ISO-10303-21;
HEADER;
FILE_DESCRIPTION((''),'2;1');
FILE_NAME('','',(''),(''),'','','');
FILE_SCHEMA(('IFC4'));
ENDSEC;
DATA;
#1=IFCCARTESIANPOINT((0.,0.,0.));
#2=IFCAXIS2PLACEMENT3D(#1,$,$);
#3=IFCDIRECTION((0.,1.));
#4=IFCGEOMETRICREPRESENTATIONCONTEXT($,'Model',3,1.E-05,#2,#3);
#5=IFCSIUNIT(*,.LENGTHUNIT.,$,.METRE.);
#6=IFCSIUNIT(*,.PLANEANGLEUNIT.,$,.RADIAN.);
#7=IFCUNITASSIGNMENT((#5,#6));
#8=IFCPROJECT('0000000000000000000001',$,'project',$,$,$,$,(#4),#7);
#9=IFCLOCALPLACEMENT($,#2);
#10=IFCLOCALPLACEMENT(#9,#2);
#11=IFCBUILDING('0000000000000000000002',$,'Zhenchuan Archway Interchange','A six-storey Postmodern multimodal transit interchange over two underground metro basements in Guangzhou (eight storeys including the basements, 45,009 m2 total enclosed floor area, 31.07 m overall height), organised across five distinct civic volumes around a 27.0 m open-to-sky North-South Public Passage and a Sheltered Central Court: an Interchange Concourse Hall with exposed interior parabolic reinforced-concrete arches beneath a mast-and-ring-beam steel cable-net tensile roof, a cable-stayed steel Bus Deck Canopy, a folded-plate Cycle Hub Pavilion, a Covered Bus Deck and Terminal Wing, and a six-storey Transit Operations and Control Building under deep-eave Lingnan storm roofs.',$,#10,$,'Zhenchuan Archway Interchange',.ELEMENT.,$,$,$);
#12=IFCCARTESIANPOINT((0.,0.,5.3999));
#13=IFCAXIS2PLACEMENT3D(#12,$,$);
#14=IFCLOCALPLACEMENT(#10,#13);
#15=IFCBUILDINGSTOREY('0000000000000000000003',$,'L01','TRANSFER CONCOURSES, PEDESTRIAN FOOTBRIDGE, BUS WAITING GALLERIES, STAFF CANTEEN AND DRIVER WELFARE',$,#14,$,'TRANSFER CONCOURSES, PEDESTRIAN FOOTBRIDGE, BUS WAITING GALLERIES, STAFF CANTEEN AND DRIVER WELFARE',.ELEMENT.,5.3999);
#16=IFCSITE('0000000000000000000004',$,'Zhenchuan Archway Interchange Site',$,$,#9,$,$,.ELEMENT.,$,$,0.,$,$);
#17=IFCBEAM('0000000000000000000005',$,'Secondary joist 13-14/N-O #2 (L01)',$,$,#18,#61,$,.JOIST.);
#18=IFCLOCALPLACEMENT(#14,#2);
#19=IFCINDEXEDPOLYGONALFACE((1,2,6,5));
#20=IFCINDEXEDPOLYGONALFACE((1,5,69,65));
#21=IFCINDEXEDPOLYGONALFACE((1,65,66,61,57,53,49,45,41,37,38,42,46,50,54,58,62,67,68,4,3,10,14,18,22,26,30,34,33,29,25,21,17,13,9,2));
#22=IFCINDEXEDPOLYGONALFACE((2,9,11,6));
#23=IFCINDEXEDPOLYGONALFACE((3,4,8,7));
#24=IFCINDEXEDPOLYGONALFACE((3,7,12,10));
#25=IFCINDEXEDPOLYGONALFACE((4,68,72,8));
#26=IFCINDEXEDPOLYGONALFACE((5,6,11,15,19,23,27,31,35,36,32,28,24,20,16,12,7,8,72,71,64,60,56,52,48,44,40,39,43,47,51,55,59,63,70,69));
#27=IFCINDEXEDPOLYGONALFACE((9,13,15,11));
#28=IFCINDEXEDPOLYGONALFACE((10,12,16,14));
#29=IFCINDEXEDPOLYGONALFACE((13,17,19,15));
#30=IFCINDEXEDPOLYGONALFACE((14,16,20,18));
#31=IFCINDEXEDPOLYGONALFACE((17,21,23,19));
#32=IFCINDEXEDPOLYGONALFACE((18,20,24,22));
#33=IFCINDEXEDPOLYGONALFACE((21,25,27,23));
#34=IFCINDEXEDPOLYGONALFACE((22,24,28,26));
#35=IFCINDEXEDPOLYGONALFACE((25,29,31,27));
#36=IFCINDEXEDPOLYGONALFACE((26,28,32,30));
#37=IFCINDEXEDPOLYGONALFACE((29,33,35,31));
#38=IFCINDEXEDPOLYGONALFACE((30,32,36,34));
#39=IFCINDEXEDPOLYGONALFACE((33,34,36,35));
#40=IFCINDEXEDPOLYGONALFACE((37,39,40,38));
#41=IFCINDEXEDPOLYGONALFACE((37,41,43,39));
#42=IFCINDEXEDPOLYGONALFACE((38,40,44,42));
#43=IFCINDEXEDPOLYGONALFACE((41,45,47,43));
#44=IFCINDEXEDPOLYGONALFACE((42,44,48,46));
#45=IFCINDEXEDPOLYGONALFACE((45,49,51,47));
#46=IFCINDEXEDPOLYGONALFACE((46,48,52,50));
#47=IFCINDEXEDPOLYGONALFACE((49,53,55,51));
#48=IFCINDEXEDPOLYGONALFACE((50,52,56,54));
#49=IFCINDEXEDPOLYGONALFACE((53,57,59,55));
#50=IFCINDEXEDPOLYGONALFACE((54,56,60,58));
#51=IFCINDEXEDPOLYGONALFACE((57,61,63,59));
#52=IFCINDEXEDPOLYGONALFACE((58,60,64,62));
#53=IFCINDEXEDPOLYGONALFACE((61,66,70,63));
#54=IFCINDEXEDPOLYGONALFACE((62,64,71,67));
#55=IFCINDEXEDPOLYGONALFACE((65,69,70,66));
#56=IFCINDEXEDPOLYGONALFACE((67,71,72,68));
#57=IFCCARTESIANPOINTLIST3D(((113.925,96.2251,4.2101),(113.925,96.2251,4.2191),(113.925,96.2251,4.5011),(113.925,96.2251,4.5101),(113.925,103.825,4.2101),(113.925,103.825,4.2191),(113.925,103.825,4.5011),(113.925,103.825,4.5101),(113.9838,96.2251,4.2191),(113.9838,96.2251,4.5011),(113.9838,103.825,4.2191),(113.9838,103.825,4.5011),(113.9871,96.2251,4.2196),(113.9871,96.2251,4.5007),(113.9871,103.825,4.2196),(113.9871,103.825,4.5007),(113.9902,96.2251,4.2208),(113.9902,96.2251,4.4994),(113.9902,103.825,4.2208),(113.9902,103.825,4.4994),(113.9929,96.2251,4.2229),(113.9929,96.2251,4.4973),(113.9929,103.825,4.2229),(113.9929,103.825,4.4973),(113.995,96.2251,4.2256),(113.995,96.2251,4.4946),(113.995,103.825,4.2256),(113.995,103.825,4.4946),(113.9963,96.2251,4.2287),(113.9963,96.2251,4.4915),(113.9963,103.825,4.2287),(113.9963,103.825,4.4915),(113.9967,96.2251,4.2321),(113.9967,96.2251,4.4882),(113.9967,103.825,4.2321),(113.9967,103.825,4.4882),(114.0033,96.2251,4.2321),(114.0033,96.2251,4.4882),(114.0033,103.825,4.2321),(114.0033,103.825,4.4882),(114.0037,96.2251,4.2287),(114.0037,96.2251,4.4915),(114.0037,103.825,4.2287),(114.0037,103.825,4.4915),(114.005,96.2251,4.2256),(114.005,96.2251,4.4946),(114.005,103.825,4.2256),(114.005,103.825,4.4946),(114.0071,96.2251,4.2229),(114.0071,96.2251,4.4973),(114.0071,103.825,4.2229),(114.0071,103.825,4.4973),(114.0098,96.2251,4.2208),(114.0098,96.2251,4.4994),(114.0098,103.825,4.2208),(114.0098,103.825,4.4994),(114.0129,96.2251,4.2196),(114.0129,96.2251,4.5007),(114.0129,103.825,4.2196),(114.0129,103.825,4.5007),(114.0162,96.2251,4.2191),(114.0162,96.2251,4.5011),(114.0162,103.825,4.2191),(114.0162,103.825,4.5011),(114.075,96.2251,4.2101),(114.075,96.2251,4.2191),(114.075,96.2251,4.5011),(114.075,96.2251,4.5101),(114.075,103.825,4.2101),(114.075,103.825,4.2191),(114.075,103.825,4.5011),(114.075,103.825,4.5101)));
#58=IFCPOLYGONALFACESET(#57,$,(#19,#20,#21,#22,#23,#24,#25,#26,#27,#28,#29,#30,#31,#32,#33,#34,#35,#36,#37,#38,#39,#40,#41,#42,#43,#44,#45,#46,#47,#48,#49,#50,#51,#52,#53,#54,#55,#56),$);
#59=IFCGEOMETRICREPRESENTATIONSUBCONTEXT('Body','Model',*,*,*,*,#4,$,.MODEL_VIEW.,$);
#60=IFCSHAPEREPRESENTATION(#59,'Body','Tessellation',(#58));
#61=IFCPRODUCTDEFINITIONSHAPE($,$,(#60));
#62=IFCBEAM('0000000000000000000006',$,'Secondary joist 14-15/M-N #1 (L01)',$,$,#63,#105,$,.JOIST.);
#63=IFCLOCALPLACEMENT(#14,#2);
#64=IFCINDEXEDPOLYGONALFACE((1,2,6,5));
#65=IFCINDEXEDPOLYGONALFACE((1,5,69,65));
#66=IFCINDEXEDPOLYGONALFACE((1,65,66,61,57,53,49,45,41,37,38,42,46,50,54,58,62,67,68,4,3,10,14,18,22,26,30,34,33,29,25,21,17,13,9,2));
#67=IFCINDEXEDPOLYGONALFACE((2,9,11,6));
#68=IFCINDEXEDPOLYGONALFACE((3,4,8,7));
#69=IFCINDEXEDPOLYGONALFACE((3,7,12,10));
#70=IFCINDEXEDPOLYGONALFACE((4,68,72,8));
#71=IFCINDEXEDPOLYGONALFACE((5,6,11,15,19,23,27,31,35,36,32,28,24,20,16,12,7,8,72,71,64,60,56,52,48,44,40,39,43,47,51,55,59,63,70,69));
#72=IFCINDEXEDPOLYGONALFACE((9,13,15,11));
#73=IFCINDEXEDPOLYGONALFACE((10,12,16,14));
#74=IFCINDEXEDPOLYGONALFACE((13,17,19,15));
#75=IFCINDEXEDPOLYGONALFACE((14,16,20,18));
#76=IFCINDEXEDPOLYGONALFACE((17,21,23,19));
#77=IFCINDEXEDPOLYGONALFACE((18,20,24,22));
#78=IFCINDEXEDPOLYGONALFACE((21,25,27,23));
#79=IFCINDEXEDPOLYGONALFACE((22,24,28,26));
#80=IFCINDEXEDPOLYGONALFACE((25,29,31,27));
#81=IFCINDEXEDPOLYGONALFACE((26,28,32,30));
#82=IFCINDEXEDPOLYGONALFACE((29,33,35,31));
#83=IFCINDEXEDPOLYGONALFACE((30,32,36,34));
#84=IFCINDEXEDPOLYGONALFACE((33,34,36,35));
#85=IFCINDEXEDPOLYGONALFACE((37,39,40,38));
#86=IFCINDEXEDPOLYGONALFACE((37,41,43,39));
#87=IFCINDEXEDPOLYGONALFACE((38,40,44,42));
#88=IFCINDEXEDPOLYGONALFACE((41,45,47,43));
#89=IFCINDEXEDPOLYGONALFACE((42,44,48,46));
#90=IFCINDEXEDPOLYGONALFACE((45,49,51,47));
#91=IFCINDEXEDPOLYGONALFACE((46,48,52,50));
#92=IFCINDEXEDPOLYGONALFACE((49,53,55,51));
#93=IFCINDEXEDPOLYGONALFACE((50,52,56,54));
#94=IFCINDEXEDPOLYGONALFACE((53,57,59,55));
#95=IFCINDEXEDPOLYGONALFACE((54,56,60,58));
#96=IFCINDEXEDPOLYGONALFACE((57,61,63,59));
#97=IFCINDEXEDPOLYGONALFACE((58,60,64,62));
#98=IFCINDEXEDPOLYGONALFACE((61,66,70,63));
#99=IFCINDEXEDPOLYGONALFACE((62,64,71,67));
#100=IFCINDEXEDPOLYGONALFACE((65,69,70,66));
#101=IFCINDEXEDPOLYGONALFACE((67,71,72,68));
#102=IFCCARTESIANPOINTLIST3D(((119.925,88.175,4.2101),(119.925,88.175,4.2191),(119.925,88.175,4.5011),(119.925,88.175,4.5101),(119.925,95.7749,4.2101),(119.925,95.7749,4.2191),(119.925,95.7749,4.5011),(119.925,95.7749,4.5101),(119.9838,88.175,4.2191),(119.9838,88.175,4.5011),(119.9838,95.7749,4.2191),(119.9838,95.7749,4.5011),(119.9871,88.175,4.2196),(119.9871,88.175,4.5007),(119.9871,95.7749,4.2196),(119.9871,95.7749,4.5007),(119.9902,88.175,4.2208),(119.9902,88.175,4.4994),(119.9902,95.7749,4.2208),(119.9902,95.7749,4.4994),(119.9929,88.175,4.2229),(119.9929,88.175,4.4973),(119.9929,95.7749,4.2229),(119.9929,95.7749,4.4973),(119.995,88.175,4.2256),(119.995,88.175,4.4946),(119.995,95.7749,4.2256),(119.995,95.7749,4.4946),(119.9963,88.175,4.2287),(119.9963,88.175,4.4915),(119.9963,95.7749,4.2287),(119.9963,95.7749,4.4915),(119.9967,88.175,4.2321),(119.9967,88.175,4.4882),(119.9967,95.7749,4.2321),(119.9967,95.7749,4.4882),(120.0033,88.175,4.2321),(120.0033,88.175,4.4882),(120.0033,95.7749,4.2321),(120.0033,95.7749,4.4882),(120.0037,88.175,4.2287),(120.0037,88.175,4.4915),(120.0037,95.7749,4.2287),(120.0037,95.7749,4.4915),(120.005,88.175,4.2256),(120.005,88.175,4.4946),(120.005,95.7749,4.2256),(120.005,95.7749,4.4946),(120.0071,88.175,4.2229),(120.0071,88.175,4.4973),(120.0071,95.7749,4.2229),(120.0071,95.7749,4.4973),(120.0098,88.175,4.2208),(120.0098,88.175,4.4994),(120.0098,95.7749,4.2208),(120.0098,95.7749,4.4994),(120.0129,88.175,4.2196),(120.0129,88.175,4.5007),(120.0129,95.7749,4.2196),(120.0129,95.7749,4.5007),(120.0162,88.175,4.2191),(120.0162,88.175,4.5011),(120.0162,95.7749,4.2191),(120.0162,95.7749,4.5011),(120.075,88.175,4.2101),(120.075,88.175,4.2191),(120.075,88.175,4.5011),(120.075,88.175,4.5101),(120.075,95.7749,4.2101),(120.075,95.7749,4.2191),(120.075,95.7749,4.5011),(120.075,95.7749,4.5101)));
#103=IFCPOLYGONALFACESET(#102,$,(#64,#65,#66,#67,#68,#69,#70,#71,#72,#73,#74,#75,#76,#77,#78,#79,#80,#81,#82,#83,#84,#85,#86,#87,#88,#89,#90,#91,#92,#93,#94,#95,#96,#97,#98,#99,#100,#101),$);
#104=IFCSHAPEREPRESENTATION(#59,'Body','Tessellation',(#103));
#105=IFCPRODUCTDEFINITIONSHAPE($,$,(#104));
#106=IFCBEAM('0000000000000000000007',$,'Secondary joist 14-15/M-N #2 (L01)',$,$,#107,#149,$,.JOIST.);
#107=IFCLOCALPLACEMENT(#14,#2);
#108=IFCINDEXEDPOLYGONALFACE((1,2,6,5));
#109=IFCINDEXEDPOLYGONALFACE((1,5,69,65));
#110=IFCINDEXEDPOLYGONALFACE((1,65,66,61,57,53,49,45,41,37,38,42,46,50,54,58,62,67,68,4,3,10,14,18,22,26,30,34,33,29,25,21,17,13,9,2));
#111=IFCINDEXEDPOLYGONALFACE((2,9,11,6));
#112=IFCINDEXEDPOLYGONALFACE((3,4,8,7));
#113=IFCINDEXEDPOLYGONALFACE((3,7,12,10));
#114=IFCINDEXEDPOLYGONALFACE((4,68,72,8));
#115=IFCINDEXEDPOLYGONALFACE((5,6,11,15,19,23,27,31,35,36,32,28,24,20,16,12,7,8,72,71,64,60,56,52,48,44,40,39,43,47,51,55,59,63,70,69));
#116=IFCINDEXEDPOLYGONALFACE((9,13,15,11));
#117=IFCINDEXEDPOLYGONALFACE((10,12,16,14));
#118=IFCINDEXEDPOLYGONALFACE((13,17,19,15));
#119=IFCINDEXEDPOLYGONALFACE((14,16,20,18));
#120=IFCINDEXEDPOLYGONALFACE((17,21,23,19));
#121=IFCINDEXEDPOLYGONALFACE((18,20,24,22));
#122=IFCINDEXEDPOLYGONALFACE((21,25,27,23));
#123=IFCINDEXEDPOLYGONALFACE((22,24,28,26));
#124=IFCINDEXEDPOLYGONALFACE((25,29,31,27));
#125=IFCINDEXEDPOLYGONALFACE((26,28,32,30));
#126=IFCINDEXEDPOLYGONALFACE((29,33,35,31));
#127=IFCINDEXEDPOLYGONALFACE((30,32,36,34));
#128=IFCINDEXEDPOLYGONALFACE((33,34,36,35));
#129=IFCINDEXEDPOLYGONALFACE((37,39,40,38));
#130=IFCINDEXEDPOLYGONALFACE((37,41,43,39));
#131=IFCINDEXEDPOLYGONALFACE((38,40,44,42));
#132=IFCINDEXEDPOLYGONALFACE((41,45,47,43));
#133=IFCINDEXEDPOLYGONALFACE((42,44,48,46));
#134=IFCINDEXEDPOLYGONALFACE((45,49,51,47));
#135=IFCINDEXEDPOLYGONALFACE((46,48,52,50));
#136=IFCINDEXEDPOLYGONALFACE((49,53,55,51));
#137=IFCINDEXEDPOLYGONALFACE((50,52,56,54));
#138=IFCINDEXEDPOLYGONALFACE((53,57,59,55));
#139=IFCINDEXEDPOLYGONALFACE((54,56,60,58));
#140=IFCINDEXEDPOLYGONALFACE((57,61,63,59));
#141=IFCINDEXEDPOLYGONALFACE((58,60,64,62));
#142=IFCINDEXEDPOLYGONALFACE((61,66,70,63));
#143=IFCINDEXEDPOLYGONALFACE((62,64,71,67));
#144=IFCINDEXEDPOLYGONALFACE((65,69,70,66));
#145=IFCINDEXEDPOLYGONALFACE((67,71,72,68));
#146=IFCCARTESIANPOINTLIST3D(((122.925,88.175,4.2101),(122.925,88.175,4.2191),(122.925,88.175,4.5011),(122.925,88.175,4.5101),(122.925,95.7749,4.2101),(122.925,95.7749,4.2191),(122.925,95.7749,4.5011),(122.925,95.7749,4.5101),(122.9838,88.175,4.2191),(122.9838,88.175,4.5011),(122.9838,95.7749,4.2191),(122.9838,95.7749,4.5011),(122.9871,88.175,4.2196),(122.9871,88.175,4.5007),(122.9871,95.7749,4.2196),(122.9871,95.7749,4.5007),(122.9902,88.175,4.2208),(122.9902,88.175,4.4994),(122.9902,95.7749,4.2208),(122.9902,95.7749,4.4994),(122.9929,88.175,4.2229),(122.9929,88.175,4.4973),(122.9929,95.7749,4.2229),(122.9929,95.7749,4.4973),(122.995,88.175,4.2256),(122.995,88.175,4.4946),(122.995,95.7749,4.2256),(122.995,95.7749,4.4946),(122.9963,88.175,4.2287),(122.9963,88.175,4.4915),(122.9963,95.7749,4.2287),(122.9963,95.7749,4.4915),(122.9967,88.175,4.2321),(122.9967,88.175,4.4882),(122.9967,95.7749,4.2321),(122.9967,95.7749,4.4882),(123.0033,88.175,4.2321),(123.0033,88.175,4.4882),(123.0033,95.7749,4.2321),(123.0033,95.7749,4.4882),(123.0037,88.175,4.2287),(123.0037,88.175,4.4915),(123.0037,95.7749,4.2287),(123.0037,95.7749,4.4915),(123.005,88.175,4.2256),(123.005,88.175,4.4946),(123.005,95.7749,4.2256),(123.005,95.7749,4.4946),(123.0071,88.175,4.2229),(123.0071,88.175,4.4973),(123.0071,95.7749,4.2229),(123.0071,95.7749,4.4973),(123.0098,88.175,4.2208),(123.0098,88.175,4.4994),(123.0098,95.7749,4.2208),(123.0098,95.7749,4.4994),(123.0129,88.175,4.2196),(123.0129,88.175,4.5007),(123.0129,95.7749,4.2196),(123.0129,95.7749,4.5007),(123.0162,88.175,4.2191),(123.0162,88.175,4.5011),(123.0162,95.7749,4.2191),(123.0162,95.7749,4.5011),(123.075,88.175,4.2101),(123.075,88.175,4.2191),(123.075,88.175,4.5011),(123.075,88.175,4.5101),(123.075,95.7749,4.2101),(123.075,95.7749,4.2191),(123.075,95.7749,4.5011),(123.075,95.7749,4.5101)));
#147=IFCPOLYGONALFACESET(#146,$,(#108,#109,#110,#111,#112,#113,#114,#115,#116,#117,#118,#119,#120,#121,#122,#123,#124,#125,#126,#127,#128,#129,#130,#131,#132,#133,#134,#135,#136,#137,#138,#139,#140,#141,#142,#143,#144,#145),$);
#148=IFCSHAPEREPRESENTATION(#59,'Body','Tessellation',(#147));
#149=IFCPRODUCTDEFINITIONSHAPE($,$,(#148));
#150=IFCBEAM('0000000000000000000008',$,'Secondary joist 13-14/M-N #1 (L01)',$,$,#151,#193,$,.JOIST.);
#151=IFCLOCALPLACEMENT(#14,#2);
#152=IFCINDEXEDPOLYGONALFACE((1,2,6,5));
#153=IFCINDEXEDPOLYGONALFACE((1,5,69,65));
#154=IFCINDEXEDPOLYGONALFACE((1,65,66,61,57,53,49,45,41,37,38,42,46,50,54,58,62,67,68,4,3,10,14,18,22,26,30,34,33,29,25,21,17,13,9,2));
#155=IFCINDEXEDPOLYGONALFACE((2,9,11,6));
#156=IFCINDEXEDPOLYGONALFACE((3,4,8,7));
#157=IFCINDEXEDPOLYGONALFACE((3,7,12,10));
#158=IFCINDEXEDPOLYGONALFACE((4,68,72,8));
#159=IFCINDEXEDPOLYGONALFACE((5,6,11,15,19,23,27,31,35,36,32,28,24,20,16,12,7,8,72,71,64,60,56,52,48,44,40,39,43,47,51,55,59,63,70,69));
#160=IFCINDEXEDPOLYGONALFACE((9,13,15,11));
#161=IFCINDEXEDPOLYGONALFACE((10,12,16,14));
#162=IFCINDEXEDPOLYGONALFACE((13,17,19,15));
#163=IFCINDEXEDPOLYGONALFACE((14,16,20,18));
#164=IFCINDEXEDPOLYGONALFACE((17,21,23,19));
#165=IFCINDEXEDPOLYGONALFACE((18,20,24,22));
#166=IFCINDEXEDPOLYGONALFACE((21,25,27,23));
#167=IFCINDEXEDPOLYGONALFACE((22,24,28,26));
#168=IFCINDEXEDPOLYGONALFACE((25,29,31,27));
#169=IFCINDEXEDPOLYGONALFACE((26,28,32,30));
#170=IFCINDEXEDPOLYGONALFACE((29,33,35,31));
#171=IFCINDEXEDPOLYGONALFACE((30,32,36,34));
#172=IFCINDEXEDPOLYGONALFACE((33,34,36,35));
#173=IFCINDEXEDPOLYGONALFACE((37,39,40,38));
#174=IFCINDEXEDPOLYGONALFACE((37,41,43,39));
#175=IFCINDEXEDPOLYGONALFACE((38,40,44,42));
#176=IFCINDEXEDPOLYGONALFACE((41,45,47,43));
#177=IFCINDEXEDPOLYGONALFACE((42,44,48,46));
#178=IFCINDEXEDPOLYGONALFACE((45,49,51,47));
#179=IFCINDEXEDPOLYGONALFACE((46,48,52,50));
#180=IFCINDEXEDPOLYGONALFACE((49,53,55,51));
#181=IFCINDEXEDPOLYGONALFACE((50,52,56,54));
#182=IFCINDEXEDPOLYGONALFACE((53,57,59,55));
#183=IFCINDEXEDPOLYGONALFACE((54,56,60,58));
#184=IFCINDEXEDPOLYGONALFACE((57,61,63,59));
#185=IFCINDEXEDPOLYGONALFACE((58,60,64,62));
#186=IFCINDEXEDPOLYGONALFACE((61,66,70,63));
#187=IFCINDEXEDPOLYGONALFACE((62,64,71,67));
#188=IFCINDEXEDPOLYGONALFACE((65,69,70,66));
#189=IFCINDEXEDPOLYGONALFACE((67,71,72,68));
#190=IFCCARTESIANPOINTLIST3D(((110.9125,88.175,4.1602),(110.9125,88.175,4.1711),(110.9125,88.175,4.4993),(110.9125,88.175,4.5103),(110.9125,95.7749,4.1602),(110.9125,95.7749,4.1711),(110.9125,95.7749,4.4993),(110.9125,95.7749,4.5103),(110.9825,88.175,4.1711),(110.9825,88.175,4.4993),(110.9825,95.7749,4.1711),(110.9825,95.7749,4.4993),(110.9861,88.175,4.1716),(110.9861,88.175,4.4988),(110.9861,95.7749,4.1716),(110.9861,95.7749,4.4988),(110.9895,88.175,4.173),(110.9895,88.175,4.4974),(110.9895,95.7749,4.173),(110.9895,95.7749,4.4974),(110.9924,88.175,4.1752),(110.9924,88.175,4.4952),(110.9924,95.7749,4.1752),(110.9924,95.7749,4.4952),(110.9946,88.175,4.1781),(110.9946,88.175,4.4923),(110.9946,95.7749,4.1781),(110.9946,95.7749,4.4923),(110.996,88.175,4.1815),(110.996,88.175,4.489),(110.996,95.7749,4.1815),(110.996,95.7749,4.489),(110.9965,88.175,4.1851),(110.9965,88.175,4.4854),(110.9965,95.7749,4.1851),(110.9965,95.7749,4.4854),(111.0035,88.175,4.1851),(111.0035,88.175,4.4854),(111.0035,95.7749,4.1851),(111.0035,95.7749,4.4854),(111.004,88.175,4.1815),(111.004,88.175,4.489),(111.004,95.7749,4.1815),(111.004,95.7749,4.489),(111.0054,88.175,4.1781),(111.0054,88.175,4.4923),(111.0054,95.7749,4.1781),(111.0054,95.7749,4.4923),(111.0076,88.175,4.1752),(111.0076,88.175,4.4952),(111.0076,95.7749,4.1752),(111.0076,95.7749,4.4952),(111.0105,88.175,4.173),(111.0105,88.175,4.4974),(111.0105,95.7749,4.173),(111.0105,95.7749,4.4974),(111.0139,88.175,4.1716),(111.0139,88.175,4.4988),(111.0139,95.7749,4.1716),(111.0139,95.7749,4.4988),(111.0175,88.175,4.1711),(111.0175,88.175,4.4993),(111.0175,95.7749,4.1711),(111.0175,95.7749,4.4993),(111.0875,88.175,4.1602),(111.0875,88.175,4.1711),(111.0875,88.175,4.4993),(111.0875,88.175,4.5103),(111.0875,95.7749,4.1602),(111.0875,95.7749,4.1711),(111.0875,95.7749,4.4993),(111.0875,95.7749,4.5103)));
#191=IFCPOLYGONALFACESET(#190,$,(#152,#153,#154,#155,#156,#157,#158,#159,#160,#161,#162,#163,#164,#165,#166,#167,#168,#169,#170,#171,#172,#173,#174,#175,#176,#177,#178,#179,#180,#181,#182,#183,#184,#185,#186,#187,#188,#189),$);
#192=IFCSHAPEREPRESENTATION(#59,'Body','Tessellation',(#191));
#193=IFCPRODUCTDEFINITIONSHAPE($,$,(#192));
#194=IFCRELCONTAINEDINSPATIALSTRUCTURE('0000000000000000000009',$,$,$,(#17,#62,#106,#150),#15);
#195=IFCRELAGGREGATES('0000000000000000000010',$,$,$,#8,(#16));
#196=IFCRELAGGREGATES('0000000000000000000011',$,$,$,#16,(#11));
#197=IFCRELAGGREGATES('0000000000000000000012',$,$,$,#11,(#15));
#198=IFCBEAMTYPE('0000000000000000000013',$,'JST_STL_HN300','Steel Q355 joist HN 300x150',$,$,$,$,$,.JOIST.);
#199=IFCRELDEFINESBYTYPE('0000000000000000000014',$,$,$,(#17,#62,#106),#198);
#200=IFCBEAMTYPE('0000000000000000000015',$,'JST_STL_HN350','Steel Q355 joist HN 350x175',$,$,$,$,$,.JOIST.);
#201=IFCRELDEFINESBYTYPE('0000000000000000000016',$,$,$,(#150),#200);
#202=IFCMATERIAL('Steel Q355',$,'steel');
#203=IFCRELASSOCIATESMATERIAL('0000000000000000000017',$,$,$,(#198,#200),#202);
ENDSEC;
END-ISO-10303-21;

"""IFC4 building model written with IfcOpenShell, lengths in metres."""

from ifc_helpers import new_model, si_unit, direction, frame, origin, origin_2d, place, context, subcontext, project, spatial, i_section, extrude, material, material_profile, profile_set, type_object, element, save


model = new_model("IFC4")

# Units and contexts
model_context = context("Model", 3, precision=1e-05, world=origin(), true_north=direction((0.0, 1.0)))
body_context = subcontext(model_context, "Body", "Model", "MODEL_VIEW")
ifc_project = project(units=[si_unit("LENGTHUNIT", "METRE"), si_unit("PLANEANGLEUNIT", "RADIAN")], contexts=[model_context])

# Site, building, storey
site_placement = place(None, origin())
site = spatial("IfcSite", under=ifc_project, at=site_placement, Name="Zhenchuan Archway Interchange Site", CompositionType="ELEMENT", RefElevation=0.0)
building_placement = place(site_placement, origin())
building = spatial("IfcBuilding", under=site, at=building_placement, Name="Zhenchuan Archway Interchange", Description="A six-storey Postmodern multimodal transit interchange over two underground metro basements in Guangzhou (eight storeys including the basements, 45,009 m2 total enclosed floor area, 31.07 m overall height), organised across five distinct civic volumes around a 27.0 m open-to-sky North-South Public Passage and a Sheltered Central Court: an Interchange Concourse Hall with exposed interior parabolic reinforced-concrete arches beneath a mast-and-ring-beam steel cable-net tensile roof, a cable-stayed steel Bus Deck Canopy, a folded-plate Cycle Hub Pavilion, a Covered Bus Deck and Terminal Wing, and a six-storey Transit Operations and Control Building under deep-eave Lingnan storm roofs.", LongName="Zhenchuan Archway Interchange", CompositionType="ELEMENT")
storey_placement = place(building_placement, frame((0.0, 0.0, 5.3999)))
storey = spatial("IfcBuildingStorey", under=building, at=storey_placement, Name="L01", Description="TRANSFER CONCOURSES, PEDESTRIAN FOOTBRIDGE, BUS WAITING GALLERIES, STAFF CANTEEN AND DRIVER WELFARE", LongName="TRANSFER CONCOURSES, PEDESTRIAN FOOTBRIDGE, BUS WAITING GALLERIES, STAFF CANTEEN AND DRIVER WELFARE", CompositionType="ELEMENT", Elevation=5.3999)

# Beams
ifc_material_1 = material(Name="Steel Q355", Category="steel")
ifc_material_profile_1 = material_profile(ifc_material_1, i_section(OverallWidth=0.1499, OverallDepth=0.3, WebThickness=0.0066, FlangeThickness=0.009, FilletRadius=0.0129, at=origin_2d()), Name="HN 300x150")
ifc_profile_set_1 = profile_set([ifc_material_profile_1], Name="Steel Q355")
beam_type_1 = type_object("IfcBeamType", Name="JST_STL_HN300", Description="Steel Q355 joist HN 300x150", PredefinedType="JOIST", material=ifc_profile_set_1)
for number, where, z_axis, x_axis, name in (
    (1, (114.0, 96.2251, 4.3601), (0.0, 1.0, 0.0), (-1.0, 0.0, 0.0), "Secondary joist 13-14/N-O #2 (L01)"),
    (2, (120.0, 88.175, 4.3601), (0.0, 1.0, 0.0), (-1.0, 0.0, 0.0), "Secondary joist 14-15/M-N #1 (L01)"),
    (3, (123.0, 88.175, 4.3601), (0.0, 1.0, 0.0), (-1.0, 0.0, 0.0), "Secondary joist 14-15/M-N #2 (L01)"),
):
    element("IfcBeam", number, at=place(storey_placement, frame(where, z_axis=z_axis, x_axis=x_axis)), inside=storey, type_object=beam_type_1, Name=name, PredefinedType="JOIST", context=body_context, shape_type="SweptSolid", body=[
        extrude(i_section(OverallWidth=0.1499, OverallDepth=0.3, WebThickness=0.0066, FlangeThickness=0.009, FilletRadius=0.0129, at=origin_2d()), origin(), (0.0, 0.0, 1.0), 7.5999),
    ])
ifc_material_profile_2 = material_profile(ifc_material_1, i_section(OverallWidth=0.175, OverallDepth=0.3501, WebThickness=0.0071, FlangeThickness=0.011, FilletRadius=0.0139, at=origin_2d()), Name="HN 350x175")
ifc_profile_set_2 = profile_set([ifc_material_profile_2], Name="Steel Q355")
beam_type_2 = type_object("IfcBeamType", Name="JST_STL_HN350", Description="Steel Q355 joist HN 350x175", PredefinedType="JOIST", material=ifc_profile_set_2)
for number, where, z_axis, x_axis, name in (
    (4, (111.0, 88.175, 4.3352), (0.0, 1.0, 0.0), (-1.0, 0.0, 0.0), "Secondary joist 13-14/M-N #1 (L01)"),
):
    element("IfcBeam", number, at=place(storey_placement, frame(where, z_axis=z_axis, x_axis=x_axis)), inside=storey, type_object=beam_type_2, Name=name, PredefinedType="JOIST", context=body_context, shape_type="SweptSolid", body=[
        extrude(i_section(OverallWidth=0.175, OverallDepth=0.3501, WebThickness=0.0071, FlangeThickness=0.011, FilletRadius=0.0139, at=origin_2d()), origin(), (0.0, 0.0, 1.0), 7.5999),
    ])

save(model, "model.ifc")
